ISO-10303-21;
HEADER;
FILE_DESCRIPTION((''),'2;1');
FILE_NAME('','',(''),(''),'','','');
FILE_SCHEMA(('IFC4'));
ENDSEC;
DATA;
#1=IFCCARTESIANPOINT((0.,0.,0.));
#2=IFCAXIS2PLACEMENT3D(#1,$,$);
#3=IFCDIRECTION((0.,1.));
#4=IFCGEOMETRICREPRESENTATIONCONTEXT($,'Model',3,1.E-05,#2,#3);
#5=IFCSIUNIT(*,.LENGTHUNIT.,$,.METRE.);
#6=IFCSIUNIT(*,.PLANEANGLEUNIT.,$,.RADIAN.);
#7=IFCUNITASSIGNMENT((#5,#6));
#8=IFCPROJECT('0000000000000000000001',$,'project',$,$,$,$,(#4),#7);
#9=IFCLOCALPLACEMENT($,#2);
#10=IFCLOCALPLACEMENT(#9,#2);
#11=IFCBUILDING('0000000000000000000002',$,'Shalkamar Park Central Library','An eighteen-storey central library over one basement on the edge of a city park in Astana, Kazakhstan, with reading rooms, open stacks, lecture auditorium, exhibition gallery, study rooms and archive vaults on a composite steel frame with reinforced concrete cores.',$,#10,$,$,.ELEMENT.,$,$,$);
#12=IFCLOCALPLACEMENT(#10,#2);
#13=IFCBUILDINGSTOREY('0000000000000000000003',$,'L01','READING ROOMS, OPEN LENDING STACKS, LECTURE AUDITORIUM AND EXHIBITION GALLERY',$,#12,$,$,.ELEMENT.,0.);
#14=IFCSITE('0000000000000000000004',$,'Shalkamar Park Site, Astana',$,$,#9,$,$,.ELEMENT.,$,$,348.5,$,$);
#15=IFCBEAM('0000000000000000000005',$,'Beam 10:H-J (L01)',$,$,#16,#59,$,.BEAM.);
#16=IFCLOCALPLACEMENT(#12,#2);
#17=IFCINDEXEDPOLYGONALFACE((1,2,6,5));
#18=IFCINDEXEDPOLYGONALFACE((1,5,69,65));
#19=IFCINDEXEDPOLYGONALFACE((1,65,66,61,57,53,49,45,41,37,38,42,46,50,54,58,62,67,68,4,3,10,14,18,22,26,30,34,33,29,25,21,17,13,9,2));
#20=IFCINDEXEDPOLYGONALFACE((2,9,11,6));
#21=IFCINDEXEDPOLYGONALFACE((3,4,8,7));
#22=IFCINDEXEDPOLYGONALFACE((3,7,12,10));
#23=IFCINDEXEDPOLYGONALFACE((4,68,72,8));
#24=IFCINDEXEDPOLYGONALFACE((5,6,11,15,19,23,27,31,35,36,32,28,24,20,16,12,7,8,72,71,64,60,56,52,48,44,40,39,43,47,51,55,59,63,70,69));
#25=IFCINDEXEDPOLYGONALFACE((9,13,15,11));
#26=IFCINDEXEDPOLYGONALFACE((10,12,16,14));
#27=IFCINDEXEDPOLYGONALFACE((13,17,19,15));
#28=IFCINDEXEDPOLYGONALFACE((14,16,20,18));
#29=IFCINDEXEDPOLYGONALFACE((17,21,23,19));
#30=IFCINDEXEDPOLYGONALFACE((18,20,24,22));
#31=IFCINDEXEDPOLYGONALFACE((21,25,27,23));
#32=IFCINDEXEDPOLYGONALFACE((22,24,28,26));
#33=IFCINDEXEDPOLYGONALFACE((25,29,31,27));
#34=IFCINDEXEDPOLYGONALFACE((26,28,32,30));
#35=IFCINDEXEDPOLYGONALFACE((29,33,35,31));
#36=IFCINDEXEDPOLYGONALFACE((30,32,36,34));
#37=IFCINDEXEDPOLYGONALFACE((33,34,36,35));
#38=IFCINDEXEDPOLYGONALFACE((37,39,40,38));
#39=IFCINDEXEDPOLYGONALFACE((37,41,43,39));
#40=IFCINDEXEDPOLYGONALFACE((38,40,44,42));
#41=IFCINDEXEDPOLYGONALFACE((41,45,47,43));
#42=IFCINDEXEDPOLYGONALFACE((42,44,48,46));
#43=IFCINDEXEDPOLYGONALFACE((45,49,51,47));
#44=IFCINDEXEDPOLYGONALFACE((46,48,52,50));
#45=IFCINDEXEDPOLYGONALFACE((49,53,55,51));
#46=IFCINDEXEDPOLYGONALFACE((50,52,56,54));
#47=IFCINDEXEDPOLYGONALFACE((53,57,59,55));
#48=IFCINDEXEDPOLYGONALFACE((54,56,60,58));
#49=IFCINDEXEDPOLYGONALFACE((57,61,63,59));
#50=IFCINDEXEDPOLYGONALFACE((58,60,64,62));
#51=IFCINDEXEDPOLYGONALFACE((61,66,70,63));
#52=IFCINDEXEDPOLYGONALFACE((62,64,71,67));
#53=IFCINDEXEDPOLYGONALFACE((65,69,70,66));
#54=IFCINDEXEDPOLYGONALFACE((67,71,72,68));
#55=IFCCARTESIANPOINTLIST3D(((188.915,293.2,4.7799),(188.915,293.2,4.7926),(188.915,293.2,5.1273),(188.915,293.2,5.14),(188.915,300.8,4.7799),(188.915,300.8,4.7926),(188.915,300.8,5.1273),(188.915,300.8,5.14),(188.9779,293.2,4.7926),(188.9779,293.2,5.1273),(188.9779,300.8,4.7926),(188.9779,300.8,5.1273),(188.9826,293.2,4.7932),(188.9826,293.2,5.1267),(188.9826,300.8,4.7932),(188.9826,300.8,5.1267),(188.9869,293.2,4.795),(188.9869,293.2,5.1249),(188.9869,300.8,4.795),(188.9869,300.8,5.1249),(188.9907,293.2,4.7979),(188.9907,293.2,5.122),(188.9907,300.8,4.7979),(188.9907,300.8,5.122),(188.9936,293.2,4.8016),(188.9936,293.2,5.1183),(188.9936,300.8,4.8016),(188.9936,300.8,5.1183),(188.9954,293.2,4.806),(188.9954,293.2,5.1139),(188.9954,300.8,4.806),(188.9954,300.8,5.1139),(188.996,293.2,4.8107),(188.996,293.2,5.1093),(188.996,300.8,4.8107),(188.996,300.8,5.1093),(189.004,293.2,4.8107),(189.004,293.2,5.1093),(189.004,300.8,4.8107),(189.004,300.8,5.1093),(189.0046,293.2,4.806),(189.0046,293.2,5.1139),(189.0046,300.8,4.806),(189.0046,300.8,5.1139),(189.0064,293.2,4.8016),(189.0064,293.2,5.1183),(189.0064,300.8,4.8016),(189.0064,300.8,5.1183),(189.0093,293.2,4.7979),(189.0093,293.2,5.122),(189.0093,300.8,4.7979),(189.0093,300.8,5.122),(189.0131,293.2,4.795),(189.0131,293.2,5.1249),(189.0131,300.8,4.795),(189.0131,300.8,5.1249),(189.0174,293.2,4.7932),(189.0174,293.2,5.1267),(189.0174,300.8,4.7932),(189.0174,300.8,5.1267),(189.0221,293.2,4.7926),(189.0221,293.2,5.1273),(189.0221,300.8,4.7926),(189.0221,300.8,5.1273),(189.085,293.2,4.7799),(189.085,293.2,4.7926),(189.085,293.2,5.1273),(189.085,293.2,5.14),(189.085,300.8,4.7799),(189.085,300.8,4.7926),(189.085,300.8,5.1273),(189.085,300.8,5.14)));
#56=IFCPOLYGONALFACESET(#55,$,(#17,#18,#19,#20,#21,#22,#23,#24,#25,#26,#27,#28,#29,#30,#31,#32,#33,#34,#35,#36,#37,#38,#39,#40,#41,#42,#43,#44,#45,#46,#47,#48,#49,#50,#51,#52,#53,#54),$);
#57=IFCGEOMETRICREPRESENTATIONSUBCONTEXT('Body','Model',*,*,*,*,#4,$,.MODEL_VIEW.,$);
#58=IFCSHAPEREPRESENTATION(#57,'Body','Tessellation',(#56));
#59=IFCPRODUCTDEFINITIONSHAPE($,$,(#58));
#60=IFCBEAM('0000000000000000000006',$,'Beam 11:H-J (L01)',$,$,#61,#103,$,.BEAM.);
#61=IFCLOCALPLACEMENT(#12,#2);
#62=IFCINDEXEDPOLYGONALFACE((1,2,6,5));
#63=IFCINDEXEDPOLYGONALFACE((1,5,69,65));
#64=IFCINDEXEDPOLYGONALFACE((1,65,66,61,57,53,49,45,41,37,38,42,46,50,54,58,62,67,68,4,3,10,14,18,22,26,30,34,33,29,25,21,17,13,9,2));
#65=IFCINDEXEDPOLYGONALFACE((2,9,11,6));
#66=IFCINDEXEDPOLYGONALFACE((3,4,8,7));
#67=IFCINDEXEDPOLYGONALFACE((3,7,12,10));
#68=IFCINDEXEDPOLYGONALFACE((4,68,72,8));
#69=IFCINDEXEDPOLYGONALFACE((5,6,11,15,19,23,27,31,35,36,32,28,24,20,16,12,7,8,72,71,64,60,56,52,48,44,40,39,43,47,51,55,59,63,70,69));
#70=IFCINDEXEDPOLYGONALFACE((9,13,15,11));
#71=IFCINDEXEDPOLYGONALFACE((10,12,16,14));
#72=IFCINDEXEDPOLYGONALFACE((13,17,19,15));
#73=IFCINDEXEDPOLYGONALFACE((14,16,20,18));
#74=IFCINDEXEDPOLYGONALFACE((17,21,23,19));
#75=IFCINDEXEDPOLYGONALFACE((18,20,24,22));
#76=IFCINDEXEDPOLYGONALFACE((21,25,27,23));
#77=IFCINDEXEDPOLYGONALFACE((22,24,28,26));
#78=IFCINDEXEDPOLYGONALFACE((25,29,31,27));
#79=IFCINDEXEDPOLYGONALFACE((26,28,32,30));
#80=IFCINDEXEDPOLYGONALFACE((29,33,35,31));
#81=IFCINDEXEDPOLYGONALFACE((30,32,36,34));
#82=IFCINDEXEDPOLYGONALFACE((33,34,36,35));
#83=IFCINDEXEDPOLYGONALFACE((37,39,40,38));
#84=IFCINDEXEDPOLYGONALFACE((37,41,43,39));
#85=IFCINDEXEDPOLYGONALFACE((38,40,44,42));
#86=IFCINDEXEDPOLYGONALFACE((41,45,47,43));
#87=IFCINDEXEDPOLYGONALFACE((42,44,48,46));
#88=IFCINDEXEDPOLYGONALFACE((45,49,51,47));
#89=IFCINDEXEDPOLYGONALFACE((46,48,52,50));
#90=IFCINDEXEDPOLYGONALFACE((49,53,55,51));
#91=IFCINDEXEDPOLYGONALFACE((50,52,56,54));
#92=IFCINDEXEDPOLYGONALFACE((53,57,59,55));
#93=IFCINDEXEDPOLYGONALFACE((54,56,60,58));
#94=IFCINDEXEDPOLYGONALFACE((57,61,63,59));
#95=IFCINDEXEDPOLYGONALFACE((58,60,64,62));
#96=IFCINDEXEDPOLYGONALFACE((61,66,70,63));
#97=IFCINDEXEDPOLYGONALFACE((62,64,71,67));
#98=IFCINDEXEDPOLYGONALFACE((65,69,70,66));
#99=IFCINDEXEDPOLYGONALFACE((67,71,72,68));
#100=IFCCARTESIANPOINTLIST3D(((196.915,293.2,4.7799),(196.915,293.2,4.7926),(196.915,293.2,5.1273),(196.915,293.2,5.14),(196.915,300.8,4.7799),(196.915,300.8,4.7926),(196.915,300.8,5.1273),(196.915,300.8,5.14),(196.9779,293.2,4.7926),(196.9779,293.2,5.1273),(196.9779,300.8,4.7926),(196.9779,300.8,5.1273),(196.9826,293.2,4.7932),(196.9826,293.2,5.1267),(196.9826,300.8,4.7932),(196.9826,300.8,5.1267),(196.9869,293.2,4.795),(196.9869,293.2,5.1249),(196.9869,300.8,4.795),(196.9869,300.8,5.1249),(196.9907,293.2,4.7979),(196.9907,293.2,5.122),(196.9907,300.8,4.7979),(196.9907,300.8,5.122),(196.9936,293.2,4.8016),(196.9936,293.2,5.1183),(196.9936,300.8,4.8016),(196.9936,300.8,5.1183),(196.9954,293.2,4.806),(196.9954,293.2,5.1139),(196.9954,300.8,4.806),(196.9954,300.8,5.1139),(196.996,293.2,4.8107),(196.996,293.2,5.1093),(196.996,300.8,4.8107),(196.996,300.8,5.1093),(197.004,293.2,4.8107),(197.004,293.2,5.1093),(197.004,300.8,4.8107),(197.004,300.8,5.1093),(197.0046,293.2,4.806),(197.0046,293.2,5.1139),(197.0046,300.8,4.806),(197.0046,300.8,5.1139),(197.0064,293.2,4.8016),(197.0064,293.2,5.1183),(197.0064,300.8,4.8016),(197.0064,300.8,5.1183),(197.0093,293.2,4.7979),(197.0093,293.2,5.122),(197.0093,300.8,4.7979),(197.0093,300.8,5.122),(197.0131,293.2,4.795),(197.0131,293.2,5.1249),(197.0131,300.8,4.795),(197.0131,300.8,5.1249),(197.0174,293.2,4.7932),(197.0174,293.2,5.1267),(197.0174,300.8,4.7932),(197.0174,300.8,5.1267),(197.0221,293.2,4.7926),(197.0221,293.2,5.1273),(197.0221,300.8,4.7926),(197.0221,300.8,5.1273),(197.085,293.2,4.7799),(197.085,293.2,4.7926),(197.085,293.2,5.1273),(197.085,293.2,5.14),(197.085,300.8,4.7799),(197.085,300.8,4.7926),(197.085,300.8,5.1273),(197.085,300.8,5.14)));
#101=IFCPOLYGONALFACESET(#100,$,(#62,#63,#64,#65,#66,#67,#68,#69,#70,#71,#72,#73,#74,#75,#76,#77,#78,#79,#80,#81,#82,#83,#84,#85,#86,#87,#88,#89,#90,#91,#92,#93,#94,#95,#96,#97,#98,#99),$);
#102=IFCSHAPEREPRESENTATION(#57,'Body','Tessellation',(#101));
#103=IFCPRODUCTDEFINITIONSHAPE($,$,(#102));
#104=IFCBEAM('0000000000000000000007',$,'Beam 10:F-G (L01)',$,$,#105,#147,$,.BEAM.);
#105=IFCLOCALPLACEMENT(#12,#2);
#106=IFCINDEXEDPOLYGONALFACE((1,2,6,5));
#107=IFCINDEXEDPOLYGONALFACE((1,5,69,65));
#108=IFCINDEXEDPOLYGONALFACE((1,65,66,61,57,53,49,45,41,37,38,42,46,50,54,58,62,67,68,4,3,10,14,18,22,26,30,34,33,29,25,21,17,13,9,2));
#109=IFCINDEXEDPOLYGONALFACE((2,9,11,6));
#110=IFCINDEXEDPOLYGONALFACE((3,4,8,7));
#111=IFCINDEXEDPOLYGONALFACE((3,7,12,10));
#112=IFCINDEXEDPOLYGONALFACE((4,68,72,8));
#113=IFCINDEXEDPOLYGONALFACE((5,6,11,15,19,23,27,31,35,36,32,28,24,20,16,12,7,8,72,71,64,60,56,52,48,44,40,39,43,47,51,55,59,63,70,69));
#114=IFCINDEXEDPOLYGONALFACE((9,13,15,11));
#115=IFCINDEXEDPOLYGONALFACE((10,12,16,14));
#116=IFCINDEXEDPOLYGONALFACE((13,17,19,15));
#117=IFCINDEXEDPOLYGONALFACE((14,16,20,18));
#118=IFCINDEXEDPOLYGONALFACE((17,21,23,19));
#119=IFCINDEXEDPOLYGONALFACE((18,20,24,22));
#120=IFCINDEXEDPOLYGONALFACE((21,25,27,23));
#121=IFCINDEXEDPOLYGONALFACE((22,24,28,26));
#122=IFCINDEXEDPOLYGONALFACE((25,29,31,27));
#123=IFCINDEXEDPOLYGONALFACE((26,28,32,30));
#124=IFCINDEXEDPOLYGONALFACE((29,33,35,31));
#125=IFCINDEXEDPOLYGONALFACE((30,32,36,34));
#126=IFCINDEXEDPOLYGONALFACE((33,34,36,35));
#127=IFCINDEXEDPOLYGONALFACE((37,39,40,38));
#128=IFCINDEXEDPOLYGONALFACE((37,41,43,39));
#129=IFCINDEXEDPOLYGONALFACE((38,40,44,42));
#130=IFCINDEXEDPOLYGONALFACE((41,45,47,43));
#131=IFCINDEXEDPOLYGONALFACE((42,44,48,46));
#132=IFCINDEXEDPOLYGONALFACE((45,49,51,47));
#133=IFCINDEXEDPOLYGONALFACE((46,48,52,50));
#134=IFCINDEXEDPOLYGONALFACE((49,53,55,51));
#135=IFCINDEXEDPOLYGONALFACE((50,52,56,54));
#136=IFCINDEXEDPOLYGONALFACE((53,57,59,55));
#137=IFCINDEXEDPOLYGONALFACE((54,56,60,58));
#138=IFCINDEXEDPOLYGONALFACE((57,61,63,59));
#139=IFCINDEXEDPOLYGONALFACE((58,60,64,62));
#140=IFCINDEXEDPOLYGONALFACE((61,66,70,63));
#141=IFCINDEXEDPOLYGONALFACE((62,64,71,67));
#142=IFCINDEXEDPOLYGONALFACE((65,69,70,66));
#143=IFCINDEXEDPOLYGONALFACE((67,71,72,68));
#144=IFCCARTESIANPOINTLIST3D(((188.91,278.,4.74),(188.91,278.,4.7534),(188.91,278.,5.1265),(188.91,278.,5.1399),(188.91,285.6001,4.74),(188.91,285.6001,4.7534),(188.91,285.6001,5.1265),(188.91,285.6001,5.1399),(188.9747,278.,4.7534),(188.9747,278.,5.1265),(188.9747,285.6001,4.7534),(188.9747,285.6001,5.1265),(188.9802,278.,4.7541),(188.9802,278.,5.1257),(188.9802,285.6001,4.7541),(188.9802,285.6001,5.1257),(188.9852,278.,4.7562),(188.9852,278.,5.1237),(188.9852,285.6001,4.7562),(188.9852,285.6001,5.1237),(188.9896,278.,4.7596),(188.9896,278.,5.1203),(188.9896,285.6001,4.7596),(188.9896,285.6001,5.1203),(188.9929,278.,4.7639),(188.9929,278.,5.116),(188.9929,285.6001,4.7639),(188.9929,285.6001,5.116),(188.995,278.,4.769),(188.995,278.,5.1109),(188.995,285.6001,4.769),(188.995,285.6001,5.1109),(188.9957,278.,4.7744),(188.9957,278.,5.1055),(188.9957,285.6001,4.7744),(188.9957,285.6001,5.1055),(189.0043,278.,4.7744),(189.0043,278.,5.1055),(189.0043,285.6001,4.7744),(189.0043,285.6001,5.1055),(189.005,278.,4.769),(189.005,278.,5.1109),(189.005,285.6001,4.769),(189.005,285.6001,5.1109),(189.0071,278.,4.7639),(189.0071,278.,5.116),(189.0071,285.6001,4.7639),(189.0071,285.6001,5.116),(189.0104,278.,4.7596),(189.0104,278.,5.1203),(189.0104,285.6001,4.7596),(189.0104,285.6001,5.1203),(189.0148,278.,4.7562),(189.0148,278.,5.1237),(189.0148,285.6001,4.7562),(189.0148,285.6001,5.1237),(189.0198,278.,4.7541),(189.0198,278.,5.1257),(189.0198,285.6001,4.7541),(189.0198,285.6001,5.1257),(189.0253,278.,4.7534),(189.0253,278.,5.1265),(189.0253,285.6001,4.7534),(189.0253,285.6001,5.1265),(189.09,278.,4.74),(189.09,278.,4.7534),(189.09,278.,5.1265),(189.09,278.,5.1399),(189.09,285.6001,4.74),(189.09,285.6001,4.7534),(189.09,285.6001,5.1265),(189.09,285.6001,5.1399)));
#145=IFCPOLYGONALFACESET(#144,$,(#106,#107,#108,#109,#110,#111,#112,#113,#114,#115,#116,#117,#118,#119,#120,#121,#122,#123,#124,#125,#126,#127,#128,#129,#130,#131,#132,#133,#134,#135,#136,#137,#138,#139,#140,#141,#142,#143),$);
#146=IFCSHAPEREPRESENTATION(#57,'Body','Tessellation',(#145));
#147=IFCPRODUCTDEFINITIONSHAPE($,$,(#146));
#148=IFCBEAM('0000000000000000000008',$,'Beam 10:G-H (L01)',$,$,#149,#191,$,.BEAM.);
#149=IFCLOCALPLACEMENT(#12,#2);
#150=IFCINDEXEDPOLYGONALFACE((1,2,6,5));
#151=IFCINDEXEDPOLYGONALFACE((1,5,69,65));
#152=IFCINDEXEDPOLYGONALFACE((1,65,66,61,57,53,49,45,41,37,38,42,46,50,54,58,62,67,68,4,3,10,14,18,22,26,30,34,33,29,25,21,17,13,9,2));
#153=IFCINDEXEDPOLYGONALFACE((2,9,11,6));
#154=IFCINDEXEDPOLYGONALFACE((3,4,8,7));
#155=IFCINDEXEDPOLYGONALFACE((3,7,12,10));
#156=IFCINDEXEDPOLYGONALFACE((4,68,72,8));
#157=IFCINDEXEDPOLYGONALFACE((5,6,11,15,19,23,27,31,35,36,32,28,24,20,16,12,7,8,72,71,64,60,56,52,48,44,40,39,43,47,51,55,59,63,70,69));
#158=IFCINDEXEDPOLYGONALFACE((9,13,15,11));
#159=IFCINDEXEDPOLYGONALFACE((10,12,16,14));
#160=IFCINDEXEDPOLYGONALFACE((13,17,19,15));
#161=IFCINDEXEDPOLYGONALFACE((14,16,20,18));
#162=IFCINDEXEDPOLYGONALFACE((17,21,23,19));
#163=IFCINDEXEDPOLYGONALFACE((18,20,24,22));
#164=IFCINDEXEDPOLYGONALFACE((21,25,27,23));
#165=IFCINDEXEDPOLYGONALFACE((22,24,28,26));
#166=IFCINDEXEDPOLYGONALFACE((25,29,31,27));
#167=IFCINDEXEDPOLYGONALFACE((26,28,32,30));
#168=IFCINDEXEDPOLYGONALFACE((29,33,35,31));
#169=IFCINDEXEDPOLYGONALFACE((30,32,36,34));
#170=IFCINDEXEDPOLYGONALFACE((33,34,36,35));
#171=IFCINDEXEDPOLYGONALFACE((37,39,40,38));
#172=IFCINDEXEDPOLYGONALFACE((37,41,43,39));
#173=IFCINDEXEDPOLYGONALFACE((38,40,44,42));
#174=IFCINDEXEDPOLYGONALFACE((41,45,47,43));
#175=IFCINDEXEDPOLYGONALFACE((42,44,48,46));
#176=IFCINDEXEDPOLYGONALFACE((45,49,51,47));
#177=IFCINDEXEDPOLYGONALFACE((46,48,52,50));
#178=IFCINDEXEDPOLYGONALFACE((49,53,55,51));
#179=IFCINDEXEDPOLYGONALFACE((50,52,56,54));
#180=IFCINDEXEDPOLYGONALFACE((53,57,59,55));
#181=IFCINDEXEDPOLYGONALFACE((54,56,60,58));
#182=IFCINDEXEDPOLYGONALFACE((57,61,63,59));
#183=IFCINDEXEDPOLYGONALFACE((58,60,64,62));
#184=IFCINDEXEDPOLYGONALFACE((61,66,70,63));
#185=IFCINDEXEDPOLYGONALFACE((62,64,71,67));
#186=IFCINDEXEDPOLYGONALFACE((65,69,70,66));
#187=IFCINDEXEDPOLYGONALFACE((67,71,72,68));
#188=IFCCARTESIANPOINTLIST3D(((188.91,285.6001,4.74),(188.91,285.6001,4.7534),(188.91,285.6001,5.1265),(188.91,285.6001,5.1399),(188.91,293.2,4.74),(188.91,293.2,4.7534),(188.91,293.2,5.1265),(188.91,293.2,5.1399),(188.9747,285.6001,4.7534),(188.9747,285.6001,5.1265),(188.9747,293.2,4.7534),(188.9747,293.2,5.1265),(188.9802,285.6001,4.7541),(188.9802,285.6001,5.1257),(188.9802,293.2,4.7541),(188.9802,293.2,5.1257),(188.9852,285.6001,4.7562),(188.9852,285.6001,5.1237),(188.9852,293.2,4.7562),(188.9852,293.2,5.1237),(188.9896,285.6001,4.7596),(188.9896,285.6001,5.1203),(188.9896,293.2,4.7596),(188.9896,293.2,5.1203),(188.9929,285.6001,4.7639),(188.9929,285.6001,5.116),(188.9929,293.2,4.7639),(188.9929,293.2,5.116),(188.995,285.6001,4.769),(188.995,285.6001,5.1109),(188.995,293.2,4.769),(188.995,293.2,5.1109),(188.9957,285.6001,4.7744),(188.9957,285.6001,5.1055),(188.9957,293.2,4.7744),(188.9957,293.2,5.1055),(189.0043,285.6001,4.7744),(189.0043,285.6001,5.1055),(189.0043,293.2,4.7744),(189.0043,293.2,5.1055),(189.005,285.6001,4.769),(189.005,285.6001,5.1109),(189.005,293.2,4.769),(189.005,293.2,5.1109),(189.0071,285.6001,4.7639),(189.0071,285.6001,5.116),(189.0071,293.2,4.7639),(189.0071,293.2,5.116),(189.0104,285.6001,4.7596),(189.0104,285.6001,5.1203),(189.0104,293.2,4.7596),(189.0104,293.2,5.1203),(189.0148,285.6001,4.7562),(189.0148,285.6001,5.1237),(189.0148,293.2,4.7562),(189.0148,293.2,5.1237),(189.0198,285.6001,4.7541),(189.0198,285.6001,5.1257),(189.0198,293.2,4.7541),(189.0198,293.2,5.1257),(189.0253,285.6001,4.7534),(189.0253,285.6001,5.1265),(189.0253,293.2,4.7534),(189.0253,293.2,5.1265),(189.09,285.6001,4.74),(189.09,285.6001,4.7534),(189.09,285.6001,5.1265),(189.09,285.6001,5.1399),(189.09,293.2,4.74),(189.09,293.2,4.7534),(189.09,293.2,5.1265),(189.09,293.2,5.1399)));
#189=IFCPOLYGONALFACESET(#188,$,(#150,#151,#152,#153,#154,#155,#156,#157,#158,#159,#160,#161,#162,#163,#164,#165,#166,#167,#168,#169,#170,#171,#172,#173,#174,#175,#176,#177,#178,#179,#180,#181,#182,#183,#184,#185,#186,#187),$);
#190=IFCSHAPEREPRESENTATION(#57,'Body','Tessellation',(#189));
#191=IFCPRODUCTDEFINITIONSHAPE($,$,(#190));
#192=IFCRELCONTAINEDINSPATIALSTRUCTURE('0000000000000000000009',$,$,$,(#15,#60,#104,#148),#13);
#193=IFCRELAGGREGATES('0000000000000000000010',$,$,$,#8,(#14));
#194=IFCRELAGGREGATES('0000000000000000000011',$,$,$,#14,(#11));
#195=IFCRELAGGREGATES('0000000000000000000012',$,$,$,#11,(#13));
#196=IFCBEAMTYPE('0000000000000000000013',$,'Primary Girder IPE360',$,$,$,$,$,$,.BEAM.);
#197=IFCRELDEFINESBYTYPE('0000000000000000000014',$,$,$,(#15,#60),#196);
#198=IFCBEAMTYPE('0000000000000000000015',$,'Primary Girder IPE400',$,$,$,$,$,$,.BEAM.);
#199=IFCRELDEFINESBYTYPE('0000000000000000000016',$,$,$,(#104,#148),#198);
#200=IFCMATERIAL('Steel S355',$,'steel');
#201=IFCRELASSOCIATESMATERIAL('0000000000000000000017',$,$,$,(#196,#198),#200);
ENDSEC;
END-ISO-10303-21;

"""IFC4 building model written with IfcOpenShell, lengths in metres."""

from ifc_helpers import new_model, si_unit, direction, frame, origin, origin_2d, place, context, subcontext, project, spatial, i_section, extrude, material, material_profile, profile_set, type_object, element, save


model = new_model("IFC4")

# Units and contexts
model_context = context("Model", 3, precision=1e-05, world=origin(), true_north=direction((0.0, 1.0)))
body_context = subcontext(model_context, "Body", "Model", "MODEL_VIEW")
ifc_project = project(units=[si_unit("LENGTHUNIT", "METRE"), si_unit("PLANEANGLEUNIT", "RADIAN")], contexts=[model_context])

# Site, building, storey
site_placement = place(None, origin())
site = spatial("IfcSite", under=ifc_project, at=site_placement, Name="Shalkamar Park Site, Astana", CompositionType="ELEMENT", RefElevation=348.5)
building_placement = place(site_placement, origin())
building = spatial("IfcBuilding", under=site, at=building_placement, Name="Shalkamar Park Central Library", Description="An eighteen-storey central library over one basement on the edge of a city park in Astana, Kazakhstan, with reading rooms, open stacks, lecture auditorium, exhibition gallery, study rooms and archive vaults on a composite steel frame with reinforced concrete cores.", CompositionType="ELEMENT")
storey_placement = place(building_placement, origin())
storey = spatial("IfcBuildingStorey", under=building, at=storey_placement, Name="L01", Description="READING ROOMS, OPEN LENDING STACKS, LECTURE AUDITORIUM AND EXHIBITION GALLERY", CompositionType="ELEMENT", Elevation=0.0)

# Shared definitions
ifc_material = material(Name="Steel S355", Category="steel")

# Beams
ifc_material_profile_1 = material_profile(ifc_material, i_section(OverallWidth=0.1699, OverallDepth=0.3601, WebThickness=0.0081, FlangeThickness=0.0127, FilletRadius=0.0181, at=origin_2d()), Name="IPE 360")
ifc_profile_set_1 = profile_set([ifc_material_profile_1], Name="Steel S355")
beam_type_1 = type_object("IfcBeamType", Name="Primary Girder IPE360", PredefinedType="BEAM", material=ifc_profile_set_1)
for number, where, z_axis, x_axis, name in (
    (1, (189.0, 293.2, 4.96), (0.0, 1.0, 0.0), (-1.0, 0.0, 0.0), "Beam 10:H-J (L01)"),
    (2, (197.0, 293.2, 4.96), (0.0, 1.0, 0.0), (-1.0, 0.0, 0.0), "Beam 11:H-J (L01)"),
):
    element("IfcBeam", number, at=place(storey_placement, frame(where, z_axis=z_axis, x_axis=x_axis)), inside=storey, type_object=beam_type_1, Name=name, PredefinedType="BEAM", context=body_context, shape_type="SweptSolid", body=[
        extrude(i_section(OverallWidth=0.1699, OverallDepth=0.3601, WebThickness=0.0081, FlangeThickness=0.0127, FilletRadius=0.0181, at=origin_2d()), origin(), (0.0, 0.0, 1.0), 7.6001),
    ])
ifc_material_profile_2 = material_profile(ifc_material, i_section(OverallWidth=0.1799, OverallDepth=0.3999, WebThickness=0.0085, FlangeThickness=0.0134, FilletRadius=0.021, at=origin_2d()), Name="IPE 400")
ifc_profile_set_2 = profile_set([ifc_material_profile_2], Name="Steel S355")
beam_type_2 = type_object("IfcBeamType", Name="Primary Girder IPE400", PredefinedType="BEAM", material=ifc_profile_set_2)
beam_1_placement = place(storey_placement, frame((189.0, 278.0, 4.9399), z_axis=(0.0, 1.0, 0.0), x_axis=(-1.0, 0.0, 0.0)))
element("IfcBeam", 3, at=beam_1_placement, inside=storey, type_object=beam_type_2, Name="Beam 10:F-G (L01)", PredefinedType="BEAM", context=body_context, shape_type="SweptSolid", body=[
    extrude(i_section(OverallWidth=0.1799, OverallDepth=0.3999, WebThickness=0.0085, FlangeThickness=0.0134, FilletRadius=0.021, at=origin_2d()), origin(), (0.0, 0.0, 1.0), 7.6001),
])
beam_2_placement = place(storey_placement, frame((189.0, 285.6001, 4.9399), z_axis=(0.0, 1.0, 0.0), x_axis=(-1.0, 0.0, 0.0)))
element("IfcBeam", 4, at=beam_2_placement, inside=storey, type_object=beam_type_2, Name="Beam 10:G-H (L01)", PredefinedType="BEAM", context=body_context, shape_type="SweptSolid", body=[
    extrude(i_section(OverallWidth=0.1799, OverallDepth=0.3999, WebThickness=0.0085, FlangeThickness=0.0134, FilletRadius=0.021, at=origin_2d()), origin(), (0.0, 0.0, 1.0), 7.5999),
])

save(model, "model.ifc")
